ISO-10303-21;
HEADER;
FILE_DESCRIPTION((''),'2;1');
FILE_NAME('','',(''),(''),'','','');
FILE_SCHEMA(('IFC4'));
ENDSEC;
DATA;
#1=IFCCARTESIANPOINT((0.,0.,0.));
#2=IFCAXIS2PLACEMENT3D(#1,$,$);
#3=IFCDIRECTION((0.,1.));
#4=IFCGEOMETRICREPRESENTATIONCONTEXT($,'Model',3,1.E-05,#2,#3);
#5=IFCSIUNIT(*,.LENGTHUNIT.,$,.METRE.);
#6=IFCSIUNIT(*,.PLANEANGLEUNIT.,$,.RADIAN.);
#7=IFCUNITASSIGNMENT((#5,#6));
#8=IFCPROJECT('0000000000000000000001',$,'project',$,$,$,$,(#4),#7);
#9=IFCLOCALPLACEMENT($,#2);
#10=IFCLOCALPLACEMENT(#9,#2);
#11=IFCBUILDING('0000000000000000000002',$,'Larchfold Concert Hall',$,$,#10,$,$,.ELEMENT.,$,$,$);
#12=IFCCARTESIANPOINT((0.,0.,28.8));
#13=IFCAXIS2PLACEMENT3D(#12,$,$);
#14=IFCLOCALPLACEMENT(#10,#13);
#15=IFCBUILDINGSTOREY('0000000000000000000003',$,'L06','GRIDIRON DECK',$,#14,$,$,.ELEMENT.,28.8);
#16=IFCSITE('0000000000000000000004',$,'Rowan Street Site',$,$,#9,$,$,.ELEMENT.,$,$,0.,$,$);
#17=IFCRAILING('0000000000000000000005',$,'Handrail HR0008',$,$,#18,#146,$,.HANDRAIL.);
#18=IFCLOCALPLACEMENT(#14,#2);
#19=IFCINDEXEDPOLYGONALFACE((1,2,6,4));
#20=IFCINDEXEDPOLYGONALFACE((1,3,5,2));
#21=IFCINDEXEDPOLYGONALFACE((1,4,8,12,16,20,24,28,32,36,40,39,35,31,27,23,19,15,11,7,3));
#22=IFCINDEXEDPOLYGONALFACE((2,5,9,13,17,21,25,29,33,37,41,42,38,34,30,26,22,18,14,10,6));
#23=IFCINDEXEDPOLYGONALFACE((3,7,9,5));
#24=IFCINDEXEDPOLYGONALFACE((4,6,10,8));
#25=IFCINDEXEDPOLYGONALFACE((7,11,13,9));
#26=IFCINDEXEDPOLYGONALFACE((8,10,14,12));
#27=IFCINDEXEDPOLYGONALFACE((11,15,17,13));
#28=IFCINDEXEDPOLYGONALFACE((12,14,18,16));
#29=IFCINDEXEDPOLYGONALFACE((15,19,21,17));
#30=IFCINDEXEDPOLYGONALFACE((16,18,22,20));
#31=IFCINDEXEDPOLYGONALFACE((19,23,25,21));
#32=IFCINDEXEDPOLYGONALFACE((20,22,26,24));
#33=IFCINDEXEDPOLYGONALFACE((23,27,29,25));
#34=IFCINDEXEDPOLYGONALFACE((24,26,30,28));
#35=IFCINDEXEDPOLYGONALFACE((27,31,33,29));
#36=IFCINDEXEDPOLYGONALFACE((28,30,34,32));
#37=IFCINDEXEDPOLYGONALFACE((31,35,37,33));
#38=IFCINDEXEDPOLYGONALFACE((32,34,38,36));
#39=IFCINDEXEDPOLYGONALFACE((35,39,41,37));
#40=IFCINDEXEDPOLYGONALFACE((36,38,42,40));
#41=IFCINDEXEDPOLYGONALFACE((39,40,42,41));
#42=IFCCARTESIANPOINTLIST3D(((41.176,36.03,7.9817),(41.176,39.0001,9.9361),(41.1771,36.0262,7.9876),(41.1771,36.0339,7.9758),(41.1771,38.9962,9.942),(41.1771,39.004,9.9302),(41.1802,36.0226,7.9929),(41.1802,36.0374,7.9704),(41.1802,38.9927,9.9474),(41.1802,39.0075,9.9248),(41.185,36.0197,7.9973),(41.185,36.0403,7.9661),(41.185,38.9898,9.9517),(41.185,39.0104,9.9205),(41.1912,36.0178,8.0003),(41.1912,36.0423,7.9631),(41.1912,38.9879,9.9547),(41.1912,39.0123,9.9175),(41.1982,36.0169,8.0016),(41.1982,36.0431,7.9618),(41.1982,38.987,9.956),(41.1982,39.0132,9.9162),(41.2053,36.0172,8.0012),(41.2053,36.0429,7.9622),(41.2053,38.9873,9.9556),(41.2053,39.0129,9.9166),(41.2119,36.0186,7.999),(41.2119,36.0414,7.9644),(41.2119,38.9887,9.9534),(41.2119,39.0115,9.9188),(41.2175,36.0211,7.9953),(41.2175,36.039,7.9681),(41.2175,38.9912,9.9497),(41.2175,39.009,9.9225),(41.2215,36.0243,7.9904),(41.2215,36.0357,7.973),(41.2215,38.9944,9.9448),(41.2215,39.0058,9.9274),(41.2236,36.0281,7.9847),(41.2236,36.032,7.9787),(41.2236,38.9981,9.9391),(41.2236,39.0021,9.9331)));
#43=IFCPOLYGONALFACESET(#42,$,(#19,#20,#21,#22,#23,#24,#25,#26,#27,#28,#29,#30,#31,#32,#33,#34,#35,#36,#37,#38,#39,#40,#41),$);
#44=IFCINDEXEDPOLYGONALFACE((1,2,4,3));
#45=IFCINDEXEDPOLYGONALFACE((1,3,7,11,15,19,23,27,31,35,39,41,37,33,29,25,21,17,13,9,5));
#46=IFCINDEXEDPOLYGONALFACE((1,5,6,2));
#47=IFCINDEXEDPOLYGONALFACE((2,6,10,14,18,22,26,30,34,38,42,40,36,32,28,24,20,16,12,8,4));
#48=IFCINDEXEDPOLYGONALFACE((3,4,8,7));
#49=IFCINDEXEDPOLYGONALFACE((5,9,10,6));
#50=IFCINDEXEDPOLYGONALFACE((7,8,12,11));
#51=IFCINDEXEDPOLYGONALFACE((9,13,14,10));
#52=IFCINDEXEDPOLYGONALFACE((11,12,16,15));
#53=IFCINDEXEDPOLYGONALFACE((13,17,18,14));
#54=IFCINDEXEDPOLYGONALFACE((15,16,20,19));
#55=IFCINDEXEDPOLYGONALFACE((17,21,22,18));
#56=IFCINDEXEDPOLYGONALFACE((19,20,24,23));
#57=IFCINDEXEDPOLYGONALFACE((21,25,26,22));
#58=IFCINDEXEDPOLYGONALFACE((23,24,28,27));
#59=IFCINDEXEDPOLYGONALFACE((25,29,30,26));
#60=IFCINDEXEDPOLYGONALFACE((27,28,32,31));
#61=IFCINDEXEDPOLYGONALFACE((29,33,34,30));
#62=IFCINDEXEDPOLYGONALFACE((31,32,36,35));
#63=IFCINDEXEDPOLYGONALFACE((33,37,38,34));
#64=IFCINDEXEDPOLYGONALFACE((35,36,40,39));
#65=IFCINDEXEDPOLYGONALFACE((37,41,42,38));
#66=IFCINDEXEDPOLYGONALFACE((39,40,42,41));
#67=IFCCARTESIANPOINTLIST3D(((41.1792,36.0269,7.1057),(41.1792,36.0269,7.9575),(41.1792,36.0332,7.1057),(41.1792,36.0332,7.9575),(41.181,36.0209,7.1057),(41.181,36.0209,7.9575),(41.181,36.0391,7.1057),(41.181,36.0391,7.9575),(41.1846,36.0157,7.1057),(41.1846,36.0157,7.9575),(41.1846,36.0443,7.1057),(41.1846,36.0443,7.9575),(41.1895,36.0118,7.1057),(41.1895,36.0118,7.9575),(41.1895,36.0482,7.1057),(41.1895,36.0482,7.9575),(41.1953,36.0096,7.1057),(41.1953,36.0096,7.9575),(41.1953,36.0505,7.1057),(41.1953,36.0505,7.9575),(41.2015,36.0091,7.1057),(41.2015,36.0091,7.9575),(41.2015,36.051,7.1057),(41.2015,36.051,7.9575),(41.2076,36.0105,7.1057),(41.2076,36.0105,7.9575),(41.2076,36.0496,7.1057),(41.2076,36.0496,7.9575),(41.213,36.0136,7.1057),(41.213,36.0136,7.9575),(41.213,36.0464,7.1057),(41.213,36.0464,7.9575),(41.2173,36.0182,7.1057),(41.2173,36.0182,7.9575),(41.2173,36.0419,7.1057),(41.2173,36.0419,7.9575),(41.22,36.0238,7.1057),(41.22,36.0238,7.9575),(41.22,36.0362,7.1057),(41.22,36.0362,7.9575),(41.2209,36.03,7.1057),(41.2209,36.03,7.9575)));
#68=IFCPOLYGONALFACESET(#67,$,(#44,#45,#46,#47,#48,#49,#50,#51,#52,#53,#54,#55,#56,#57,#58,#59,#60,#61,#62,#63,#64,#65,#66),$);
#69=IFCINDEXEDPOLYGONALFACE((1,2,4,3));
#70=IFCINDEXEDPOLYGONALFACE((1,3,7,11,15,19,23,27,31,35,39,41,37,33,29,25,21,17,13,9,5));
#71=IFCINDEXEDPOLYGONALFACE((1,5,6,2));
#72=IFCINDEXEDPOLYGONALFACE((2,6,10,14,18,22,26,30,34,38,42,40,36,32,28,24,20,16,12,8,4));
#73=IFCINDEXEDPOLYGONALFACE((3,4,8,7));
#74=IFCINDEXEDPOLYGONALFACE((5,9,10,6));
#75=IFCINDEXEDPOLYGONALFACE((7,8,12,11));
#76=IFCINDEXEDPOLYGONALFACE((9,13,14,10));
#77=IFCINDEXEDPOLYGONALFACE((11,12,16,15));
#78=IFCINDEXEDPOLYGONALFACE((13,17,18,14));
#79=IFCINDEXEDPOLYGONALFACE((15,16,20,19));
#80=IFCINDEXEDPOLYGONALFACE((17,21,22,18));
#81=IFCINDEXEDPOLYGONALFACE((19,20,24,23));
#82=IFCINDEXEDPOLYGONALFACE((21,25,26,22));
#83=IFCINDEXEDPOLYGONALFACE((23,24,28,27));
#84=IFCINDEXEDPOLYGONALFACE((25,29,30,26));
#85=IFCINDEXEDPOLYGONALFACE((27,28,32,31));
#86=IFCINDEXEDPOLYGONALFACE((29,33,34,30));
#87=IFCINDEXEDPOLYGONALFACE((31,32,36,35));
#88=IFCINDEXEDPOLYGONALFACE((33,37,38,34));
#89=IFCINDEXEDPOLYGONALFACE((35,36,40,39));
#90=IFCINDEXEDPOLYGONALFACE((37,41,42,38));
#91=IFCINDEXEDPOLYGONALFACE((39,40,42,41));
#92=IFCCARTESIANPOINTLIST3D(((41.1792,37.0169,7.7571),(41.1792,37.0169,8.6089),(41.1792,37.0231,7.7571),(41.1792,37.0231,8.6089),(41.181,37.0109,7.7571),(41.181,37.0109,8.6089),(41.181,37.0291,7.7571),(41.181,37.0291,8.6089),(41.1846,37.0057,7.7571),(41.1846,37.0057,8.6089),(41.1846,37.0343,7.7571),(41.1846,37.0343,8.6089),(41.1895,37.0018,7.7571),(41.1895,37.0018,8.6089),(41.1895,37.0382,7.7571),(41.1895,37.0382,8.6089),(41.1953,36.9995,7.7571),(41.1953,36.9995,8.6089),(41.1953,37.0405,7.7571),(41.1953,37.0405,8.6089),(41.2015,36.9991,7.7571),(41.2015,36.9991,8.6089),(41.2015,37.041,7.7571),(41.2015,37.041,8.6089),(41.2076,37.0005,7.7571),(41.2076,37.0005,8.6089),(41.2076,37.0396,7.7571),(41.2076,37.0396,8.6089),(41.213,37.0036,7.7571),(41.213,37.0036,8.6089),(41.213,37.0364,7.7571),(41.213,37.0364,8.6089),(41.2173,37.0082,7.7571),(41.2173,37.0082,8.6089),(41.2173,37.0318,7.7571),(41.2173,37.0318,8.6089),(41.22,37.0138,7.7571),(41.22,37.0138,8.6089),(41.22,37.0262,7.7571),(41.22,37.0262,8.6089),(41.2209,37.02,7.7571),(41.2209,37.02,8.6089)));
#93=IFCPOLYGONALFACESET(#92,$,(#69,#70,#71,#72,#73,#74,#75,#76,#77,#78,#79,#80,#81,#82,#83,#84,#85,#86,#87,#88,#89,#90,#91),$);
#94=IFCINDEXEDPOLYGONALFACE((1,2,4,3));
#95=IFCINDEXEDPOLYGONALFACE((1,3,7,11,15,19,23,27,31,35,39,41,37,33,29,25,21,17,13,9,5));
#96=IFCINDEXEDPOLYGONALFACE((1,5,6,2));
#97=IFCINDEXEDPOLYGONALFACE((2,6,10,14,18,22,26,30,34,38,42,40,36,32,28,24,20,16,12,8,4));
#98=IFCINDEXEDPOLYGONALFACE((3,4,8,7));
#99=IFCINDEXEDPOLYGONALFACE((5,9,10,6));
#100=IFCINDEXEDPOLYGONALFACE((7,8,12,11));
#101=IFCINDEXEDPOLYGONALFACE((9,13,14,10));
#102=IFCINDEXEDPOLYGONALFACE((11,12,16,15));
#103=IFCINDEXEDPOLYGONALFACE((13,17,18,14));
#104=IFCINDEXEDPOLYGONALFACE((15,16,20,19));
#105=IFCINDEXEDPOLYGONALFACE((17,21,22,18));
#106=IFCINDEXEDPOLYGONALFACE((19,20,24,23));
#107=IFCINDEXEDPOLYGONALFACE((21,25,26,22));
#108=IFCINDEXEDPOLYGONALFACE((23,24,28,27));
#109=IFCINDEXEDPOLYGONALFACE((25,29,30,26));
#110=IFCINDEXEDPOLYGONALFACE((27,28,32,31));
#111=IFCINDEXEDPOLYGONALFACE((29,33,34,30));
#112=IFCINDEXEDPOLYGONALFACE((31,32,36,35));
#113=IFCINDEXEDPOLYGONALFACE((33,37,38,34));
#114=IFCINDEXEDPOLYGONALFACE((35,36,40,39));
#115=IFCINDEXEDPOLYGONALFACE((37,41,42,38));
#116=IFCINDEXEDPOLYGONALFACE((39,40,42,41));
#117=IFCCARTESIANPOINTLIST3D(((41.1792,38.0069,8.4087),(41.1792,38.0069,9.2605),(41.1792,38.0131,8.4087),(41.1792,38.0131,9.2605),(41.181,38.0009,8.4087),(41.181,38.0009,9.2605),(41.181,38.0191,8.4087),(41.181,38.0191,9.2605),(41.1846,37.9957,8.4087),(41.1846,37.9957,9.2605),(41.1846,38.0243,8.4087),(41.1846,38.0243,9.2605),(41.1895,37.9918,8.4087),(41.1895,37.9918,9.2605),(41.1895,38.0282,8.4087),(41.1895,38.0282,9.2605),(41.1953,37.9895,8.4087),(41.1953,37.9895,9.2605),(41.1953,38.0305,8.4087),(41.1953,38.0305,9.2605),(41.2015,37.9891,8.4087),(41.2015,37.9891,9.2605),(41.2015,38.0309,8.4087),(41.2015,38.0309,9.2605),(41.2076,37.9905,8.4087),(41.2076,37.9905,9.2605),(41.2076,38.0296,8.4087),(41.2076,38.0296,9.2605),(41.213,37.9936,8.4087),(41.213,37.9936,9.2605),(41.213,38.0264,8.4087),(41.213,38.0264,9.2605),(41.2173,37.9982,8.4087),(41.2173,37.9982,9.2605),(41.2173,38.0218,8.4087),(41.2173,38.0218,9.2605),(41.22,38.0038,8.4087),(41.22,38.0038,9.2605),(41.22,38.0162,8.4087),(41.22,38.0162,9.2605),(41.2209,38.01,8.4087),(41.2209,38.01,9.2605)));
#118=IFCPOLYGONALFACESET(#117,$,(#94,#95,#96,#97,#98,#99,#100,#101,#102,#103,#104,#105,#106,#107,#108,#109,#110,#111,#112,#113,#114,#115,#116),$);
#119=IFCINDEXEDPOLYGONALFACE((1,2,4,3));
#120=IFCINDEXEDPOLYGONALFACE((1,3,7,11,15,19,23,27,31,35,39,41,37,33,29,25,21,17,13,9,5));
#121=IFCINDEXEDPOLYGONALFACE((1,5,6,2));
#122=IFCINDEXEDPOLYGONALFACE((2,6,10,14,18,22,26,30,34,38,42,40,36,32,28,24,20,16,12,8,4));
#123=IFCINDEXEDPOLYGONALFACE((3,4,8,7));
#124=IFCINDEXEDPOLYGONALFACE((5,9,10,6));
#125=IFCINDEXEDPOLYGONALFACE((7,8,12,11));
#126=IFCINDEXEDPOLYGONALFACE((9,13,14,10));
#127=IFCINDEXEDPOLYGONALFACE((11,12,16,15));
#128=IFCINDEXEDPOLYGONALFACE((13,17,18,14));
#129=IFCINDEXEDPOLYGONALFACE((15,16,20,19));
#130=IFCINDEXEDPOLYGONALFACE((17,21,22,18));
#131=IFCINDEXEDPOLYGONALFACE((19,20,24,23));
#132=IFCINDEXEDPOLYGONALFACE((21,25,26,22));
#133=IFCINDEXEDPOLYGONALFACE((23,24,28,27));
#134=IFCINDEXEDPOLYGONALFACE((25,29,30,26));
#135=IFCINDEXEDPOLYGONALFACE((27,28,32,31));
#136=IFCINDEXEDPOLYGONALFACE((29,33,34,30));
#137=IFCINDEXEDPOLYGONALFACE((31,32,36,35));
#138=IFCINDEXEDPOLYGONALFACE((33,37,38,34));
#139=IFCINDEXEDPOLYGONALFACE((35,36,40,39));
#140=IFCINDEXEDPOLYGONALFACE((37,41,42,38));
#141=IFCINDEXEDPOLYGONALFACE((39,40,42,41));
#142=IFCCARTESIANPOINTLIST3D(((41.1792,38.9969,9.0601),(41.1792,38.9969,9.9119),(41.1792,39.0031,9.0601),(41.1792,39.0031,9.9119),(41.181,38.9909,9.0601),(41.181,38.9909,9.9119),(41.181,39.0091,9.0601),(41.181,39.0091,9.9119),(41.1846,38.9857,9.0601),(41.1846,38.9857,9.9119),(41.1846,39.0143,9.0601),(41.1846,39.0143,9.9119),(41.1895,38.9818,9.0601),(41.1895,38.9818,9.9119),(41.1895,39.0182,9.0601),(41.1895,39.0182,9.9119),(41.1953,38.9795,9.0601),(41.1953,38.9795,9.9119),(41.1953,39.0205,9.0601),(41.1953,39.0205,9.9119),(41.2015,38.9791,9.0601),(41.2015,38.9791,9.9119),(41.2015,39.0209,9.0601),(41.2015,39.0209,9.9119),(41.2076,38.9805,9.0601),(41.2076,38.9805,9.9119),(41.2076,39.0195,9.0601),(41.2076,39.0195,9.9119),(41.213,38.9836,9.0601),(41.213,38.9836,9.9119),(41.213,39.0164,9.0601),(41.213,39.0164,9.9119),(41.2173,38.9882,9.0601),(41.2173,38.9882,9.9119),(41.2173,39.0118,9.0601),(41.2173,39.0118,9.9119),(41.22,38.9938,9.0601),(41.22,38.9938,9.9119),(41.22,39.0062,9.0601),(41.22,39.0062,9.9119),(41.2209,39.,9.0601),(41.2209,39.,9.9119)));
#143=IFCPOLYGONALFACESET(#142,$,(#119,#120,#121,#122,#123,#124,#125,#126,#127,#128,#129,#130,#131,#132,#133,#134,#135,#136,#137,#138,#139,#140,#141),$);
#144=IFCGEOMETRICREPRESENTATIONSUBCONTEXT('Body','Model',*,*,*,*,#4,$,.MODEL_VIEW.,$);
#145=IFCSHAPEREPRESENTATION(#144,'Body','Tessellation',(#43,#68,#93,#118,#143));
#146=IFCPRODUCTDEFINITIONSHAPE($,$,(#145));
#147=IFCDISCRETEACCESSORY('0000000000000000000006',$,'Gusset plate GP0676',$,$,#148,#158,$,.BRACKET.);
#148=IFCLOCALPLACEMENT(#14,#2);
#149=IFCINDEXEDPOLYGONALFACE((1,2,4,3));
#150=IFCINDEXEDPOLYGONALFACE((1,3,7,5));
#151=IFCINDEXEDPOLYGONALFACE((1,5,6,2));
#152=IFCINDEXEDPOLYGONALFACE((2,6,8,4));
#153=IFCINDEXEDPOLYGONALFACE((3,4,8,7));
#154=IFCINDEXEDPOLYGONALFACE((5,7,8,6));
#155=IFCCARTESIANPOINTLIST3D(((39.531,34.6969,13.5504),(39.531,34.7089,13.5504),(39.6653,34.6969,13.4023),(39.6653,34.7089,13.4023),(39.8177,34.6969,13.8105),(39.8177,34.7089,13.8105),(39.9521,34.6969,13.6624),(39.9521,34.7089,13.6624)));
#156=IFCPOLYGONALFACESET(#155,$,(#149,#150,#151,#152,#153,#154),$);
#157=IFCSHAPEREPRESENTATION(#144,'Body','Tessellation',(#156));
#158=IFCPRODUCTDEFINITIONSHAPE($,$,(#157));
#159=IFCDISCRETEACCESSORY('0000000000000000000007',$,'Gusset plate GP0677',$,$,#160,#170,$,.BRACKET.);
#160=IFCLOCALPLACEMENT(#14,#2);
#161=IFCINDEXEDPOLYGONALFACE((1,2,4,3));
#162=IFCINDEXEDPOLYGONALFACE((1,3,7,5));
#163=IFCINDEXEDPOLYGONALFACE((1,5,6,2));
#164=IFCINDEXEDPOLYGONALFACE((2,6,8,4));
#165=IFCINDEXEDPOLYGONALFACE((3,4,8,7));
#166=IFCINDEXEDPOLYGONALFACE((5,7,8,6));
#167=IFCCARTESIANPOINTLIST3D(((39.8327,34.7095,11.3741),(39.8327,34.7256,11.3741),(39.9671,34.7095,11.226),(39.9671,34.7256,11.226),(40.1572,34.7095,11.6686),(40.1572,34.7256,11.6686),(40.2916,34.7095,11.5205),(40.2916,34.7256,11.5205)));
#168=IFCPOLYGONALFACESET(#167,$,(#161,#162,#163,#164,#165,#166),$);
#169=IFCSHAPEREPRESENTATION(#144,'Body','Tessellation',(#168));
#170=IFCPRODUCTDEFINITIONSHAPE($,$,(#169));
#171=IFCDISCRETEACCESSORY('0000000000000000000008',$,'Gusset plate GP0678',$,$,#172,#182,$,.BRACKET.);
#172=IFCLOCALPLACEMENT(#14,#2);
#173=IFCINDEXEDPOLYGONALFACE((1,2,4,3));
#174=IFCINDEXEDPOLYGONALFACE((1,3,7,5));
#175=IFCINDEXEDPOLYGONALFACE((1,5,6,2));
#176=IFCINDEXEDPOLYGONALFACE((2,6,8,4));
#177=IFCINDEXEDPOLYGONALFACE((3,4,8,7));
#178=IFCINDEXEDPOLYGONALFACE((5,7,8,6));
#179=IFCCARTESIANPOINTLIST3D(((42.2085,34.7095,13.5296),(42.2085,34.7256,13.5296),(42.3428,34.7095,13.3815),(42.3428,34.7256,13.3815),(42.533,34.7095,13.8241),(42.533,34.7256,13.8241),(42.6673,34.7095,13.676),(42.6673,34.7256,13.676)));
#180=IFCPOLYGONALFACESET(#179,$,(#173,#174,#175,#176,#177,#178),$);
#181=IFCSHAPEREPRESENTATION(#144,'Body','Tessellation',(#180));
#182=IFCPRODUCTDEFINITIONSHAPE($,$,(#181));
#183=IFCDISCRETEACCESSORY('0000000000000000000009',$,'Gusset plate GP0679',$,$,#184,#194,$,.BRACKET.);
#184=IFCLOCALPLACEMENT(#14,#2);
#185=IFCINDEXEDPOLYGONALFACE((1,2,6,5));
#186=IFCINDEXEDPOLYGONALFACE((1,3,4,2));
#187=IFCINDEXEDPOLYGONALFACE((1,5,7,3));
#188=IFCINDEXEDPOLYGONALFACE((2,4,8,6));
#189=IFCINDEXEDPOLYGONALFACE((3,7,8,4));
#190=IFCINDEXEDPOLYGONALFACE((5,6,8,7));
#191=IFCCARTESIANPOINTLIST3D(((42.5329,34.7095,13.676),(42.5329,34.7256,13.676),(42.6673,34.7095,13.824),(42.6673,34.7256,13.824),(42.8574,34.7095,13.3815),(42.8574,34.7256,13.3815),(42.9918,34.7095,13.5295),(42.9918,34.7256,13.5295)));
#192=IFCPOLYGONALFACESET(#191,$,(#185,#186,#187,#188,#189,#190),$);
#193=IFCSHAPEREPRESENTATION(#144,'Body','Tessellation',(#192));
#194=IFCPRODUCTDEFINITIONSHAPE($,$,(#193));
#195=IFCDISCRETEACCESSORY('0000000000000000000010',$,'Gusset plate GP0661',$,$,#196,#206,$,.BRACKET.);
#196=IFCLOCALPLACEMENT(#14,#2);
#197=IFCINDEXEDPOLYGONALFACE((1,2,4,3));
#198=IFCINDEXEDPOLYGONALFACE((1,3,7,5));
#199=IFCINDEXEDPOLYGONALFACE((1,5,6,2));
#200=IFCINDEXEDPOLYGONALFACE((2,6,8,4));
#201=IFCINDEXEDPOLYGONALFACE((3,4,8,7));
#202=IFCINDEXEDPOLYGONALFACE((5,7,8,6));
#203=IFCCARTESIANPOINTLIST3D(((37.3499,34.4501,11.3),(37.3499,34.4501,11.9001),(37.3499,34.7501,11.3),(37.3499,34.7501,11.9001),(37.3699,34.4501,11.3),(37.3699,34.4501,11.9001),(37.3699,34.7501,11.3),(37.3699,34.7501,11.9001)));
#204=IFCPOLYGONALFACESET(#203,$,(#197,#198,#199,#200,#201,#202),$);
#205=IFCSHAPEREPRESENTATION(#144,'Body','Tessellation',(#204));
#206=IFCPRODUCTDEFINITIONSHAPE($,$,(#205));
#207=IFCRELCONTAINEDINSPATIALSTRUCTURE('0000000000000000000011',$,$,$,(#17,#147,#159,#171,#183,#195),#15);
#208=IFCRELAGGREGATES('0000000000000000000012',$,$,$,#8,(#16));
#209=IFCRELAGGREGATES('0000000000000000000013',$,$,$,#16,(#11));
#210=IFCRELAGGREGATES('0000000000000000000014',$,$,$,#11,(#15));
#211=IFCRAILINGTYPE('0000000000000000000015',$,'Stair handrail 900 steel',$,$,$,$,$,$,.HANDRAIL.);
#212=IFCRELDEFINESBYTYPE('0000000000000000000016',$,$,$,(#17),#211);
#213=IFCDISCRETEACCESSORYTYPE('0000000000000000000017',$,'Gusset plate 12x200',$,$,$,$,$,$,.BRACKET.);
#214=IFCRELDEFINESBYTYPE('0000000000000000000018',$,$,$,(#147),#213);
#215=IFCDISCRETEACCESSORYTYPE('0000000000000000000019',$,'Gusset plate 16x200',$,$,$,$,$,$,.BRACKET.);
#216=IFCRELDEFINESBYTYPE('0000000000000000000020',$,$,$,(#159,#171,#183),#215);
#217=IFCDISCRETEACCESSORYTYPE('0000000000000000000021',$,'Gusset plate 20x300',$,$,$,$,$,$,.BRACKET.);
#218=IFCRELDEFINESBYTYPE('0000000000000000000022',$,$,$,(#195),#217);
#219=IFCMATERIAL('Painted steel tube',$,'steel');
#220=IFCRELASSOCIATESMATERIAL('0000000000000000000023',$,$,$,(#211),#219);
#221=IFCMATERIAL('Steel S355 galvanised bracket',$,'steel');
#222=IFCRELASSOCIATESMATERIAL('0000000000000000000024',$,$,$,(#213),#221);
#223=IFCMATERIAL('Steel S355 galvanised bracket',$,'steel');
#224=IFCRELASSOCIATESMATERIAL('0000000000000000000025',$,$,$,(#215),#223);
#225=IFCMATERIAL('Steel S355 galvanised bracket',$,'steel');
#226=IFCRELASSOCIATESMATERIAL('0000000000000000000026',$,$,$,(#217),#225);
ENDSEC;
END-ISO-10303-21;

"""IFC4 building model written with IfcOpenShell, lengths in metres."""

from ifc_helpers import new_model, si_unit, direction, frame, origin, origin_2d, place, context, subcontext, project, spatial, rectangle, circle, extrude, material, material_profile, profile_set, type_object, element, save


model = new_model("IFC4")

# Units and contexts
model_context = context("Model", 3, precision=1e-05, world=origin(), true_north=direction((0.0, 1.0)))
body_context = subcontext(model_context, "Body", "Model", "MODEL_VIEW")
ifc_project = project(units=[si_unit("LENGTHUNIT", "METRE"), si_unit("PLANEANGLEUNIT", "RADIAN")], contexts=[model_context])

# Site, building, storey
site_placement = place(None, origin())
site = spatial("IfcSite", under=ifc_project, at=site_placement, Name="Rowan Street Site", CompositionType="ELEMENT", RefElevation=0.0)
building_placement = place(site_placement, origin())
building = spatial("IfcBuilding", under=site, at=building_placement, Name="Larchfold Concert Hall", CompositionType="ELEMENT")
storey_placement = place(building_placement, frame((0.0, 0.0, 28.8)))
storey = spatial("IfcBuildingStorey", under=building, at=storey_placement, Name="L06", Description="GRIDIRON DECK", CompositionType="ELEMENT", Elevation=28.8)

# Railing
ifc_material_1 = material(Name="Painted steel tube", Category="steel")
railing_type_1 = type_object("IfcRailingType", Name="Stair handrail 900 steel", PredefinedType="HANDRAIL", material=ifc_material_1)
for number, where, name in (
    (1, (41.2, 36.03, 7.1057), "Handrail HR0008"),
):
    element("IfcRailing", number, at=place(storey_placement, frame(where)), inside=storey, type_object=railing_type_1, Name=name, PredefinedType="HANDRAIL", context=body_context, shape_type="SweptSolid", body=[
        extrude(circle(Radius=0.0239, at=origin_2d()), frame((0.0, 0.0, 0.876), z_axis=(0.0, 0.835363, 0.549698), x_axis=(-1.0, 0.0, 0.0)), (0.0, 0.0, 1.0), 3.5554),
        extrude(circle(Radius=0.021, at=origin_2d()), origin(), (0.0, 0.0, 1.0), 0.8518),
        extrude(circle(Radius=0.021, at=origin_2d()), frame((0.0, 0.99, 0.6514)), (0.0, 0.0, 1.0), 0.8518),
        extrude(circle(Radius=0.021, at=origin_2d()), frame((0.0, 1.98, 1.303)), (0.0, 0.0, 1.0), 0.8518),
        extrude(circle(Radius=0.021, at=origin_2d()), frame((0.0, 2.97, 1.9543)), (0.0, 0.0, 1.0), 0.8518),
    ])

# Discrete accessories
ifc_material_2 = material(Name="Steel S355 galvanised bracket", Category="steel")
ifc_material_profile_1 = material_profile(ifc_material_2, rectangle(XDim=0.012, YDim=0.2, at=origin_2d()))
ifc_profile_set_1 = profile_set([ifc_material_profile_1], Name="Steel S355 galvanised bracket")
discrete_accessory_type_1 = type_object("IfcDiscreteAccessoryType", Name="Gusset plate 12x200", PredefinedType="BRACKET", material=ifc_profile_set_1)
discrete_accessory_placement = place(storey_placement, frame((39.5981, 34.7029, 13.4763), z_axis=(0.740624, 0.0, 0.671919), x_axis=(0.0, 1.0, 0.0)))
element("IfcDiscreteAccessory", 2, at=discrete_accessory_placement, inside=storey, type_object=discrete_accessory_type_1, Name="Gusset plate GP0676", PredefinedType="BRACKET", context=body_context, shape_type="SweptSolid", body=[
    extrude(rectangle(XDim=0.012, YDim=0.2, at=origin_2d()), origin(), (0.0, 0.0, 1.0), 0.3872),
])
ifc_material_3 = material(Name="Steel S355 galvanised bracket", Category="steel")
ifc_material_profile_2 = material_profile(ifc_material_3, rectangle(XDim=0.0161, YDim=0.2, at=origin_2d()))
ifc_profile_set_2 = profile_set([ifc_material_profile_2], Name="Steel S355 galvanised bracket")
discrete_accessory_type_2 = type_object("IfcDiscreteAccessoryType", Name="Gusset plate 16x200", PredefinedType="BRACKET", material=ifc_profile_set_2)
for number, where, z_axis, x_axis, name in (
    (3, (39.8999, 34.7175, 11.3), (0.740545, 0.0, 0.672007), (0.0, 1.0, 0.0), "Gusset plate GP0677"),
    (4, (42.2756, 34.7175, 13.4556), (0.740545, 0.0, 0.672007), (0.0, 1.0, 0.0), "Gusset plate GP0678"),
    (5, (42.6001, 34.7175, 13.75), (0.740545, 0.0, -0.672007), (0.0, 1.0, 0.0), "Gusset plate GP0679"),
):
    element("IfcDiscreteAccessory", number, at=place(storey_placement, frame(where, z_axis=z_axis, x_axis=x_axis)), inside=storey, type_object=discrete_accessory_type_2, Name=name, PredefinedType="BRACKET", context=body_context, shape_type="SweptSolid", body=[
        extrude(rectangle(XDim=0.0161, YDim=0.2, at=origin_2d()), origin(), (0.0, 0.0, 1.0), 0.4382),
    ])
ifc_material_4 = material(Name="Steel S355 galvanised bracket", Category="steel")
ifc_material_profile_3 = material_profile(ifc_material_4, rectangle(XDim=0.02, YDim=0.3, at=origin_2d()))
ifc_profile_set_3 = profile_set([ifc_material_profile_3], Name="Steel S355 galvanised bracket")
discrete_accessory_type_3 = type_object("IfcDiscreteAccessoryType", Name="Gusset plate 20x300", PredefinedType="BRACKET", material=ifc_profile_set_3)
for number, where, z_axis, x_axis, name in (
    (6, (37.3599, 34.6001, 11.3), (0.0, 0.0, 1.0), (1.0, 0.0, 0.0), "Gusset plate GP0661"),
):
    element("IfcDiscreteAccessory", number, at=place(storey_placement, frame(where, z_axis=z_axis, x_axis=x_axis)), inside=storey, type_object=discrete_accessory_type_3, Name=name, PredefinedType="BRACKET", context=body_context, shape_type="SweptSolid", body=[
        extrude(rectangle(XDim=0.02, YDim=0.3, at=origin_2d()), origin(), (0.0, 0.0, 1.0), 0.6001),
    ])

save(model, "model.ifc")
